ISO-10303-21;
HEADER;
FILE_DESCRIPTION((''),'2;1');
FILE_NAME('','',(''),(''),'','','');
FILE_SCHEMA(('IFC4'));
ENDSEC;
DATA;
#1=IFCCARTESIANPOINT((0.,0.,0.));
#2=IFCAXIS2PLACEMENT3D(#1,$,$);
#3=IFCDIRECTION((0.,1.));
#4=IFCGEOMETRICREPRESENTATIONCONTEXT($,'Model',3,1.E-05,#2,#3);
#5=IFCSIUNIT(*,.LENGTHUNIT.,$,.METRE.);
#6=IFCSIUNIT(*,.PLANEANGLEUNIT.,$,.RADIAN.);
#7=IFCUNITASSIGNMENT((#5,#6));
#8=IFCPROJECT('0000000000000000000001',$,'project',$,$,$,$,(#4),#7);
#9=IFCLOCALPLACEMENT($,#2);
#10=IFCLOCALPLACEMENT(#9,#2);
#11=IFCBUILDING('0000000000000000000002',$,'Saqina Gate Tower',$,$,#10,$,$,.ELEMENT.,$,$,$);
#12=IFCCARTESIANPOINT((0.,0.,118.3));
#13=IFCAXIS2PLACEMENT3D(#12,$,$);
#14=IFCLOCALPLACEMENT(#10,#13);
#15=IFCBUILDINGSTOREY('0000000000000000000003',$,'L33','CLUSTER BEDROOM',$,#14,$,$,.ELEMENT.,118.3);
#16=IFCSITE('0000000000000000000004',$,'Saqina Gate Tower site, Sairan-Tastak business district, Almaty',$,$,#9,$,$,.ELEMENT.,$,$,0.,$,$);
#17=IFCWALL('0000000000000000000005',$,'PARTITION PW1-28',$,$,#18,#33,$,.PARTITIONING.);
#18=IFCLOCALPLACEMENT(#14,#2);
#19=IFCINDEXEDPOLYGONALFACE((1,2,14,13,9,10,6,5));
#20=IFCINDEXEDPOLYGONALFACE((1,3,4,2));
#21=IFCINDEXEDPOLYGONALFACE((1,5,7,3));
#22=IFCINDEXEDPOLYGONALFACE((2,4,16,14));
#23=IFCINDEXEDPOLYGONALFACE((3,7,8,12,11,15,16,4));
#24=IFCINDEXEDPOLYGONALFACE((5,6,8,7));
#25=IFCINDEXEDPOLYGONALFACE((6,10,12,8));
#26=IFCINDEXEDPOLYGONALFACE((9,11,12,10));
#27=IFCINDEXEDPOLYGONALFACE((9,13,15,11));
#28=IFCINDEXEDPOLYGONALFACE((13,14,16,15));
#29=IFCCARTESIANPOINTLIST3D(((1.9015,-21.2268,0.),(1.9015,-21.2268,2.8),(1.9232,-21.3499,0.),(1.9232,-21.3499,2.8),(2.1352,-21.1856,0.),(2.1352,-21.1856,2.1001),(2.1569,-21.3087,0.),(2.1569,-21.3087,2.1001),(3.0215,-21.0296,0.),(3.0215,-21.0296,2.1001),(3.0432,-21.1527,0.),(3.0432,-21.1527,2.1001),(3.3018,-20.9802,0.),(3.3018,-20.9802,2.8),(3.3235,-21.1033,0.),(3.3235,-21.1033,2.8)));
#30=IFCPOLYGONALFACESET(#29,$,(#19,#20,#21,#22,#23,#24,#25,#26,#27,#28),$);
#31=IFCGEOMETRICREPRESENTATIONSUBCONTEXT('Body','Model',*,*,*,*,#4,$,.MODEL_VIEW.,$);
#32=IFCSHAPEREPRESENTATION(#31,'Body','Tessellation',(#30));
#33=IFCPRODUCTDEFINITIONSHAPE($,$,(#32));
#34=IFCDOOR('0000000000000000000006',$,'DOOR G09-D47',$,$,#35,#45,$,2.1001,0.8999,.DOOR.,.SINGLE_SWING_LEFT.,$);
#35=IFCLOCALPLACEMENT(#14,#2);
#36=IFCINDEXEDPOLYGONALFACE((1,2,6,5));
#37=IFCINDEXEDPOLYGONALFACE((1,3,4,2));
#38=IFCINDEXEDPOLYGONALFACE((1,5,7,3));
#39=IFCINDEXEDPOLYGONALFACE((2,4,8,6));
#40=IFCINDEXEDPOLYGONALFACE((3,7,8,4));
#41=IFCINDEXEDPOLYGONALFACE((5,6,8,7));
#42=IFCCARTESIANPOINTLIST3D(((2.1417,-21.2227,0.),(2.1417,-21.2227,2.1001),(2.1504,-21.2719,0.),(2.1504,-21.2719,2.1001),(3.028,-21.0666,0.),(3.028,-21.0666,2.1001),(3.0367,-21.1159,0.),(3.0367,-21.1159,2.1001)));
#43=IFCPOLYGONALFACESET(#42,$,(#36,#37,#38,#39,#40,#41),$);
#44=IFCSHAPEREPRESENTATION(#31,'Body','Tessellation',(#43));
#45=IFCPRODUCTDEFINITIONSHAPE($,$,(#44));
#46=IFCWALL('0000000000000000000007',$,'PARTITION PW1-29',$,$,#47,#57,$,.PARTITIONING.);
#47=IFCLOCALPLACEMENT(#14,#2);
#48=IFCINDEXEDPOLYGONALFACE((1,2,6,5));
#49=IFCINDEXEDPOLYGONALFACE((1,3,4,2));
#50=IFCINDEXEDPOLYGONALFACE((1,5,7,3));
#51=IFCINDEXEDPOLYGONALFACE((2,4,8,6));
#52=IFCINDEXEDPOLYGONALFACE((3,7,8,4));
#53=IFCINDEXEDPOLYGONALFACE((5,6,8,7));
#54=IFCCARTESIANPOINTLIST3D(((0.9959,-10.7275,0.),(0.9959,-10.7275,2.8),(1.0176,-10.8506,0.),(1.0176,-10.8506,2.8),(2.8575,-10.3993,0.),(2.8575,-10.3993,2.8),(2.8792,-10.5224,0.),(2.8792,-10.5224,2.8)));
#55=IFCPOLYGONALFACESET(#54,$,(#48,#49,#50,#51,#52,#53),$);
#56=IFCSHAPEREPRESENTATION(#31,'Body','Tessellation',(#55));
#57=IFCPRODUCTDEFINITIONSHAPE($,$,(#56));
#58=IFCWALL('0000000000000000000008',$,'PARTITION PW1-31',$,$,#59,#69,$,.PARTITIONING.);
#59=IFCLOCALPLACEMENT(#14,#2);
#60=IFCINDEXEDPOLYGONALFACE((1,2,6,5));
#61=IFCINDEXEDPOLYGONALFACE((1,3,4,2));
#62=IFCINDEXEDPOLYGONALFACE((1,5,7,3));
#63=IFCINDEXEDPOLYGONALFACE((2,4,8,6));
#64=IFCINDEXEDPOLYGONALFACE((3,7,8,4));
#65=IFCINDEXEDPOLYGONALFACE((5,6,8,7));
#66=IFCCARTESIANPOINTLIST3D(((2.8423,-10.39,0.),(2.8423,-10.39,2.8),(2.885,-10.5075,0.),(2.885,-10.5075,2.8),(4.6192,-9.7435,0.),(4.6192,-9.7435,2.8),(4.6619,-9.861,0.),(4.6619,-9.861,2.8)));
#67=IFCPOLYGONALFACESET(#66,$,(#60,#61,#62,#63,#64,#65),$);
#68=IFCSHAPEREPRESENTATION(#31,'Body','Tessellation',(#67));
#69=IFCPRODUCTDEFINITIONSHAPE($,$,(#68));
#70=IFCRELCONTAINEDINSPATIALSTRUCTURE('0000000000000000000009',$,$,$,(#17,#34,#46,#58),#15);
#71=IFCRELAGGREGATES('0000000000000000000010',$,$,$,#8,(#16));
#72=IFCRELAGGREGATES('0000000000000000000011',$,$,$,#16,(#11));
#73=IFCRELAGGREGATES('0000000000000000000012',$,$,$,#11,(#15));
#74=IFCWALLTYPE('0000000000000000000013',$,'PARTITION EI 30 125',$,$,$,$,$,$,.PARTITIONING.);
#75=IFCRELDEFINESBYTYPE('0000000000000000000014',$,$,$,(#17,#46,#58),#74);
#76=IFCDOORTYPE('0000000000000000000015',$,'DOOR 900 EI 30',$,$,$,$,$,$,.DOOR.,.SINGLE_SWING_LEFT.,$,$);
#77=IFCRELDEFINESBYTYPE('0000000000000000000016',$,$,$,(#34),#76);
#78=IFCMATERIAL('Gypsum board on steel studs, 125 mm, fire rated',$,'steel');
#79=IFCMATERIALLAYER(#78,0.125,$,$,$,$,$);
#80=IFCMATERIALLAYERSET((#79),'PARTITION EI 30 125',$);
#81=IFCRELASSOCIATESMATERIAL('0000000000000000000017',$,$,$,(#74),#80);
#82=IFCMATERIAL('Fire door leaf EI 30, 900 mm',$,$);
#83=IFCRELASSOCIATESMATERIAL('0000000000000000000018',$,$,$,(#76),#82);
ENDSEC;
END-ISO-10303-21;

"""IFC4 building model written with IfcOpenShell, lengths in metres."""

from ifc_helpers import new_model, si_unit, direction, frame, frame_2d, origin, place, context, subcontext, project, spatial, rectangle, extrude, material, layer, layer_set, type_object, element, fill, save


model = new_model("IFC4")

# Units and contexts
model_context = context("Model", 3, precision=1e-05, world=origin(), true_north=direction((0.0, 1.0)))
body_context = subcontext(model_context, "Body", "Model", "MODEL_VIEW")
ifc_project = project(units=[si_unit("LENGTHUNIT", "METRE"), si_unit("PLANEANGLEUNIT", "RADIAN")], contexts=[model_context])

# Site, building, storey
site_placement = place(None, origin())
site = spatial("IfcSite", under=ifc_project, at=site_placement, Name="Saqina Gate Tower site, Sairan-Tastak business district, Almaty", CompositionType="ELEMENT", RefElevation=0.0)
building_placement = place(site_placement, origin())
building = spatial("IfcBuilding", under=site, at=building_placement, Name="Saqina Gate Tower", CompositionType="ELEMENT")
storey_placement = place(building_placement, frame((0.0, 0.0, 118.3)))
storey = spatial("IfcBuildingStorey", under=building, at=storey_placement, Name="L33", Description="CLUSTER BEDROOM", CompositionType="ELEMENT", Elevation=118.3)

# Wall, opening, door
ifc_material_1 = material(Name="Gypsum board on steel studs, 125 mm, fire rated", Category="steel")
ifc_layer_1 = layer(ifc_material_1, 0.125)
ifc_layer_set_1 = layer_set([ifc_layer_1], Name="PARTITION EI 30 125")
wall_type_1 = type_object("IfcWallType", Name="PARTITION EI 30 125", PredefinedType="PARTITIONING", material=ifc_layer_set_1)
wall_1_placement = place(storey_placement, frame((1.9124, -21.2883, 0.0), z_axis=(0.0, 0.0, 1.0), x_axis=(0.984849, 0.173413, 0.0)))
wall_1 = element("IfcWall", 1, at=wall_1_placement, inside=storey, type_object=wall_type_1, Name="PARTITION PW1-28", PredefinedType="PARTITIONING", context=body_context, shape_type="SweptSolid", body=[
    extrude(rectangle(XDim=1.4219, YDim=0.125, at=frame_2d((0.7109, 0.0))), origin(), (0.0, 0.0, 1.0), 2.8),
])
opening_1_placement = place(wall_1_placement, frame((0.2373, 0.0, 0.0)))
opening_1 = element("IfcOpeningElement", 2, at=opening_1_placement, cuts=wall_1, PredefinedType="OPENING", context=body_context, shape_type="SweptSolid", body=[
    extrude(rectangle(XDim=0.8999, YDim=2.1001, at=frame_2d((0.45, 1.05))), frame((0.0, 0.0745, 0.0), z_axis=(0.0, -1.0, 0.0), x_axis=(1.0, 0.0, 0.0)), (0.0, 0.0, 1.0), 0.1489),
])
ifc_material_2 = material(Name="Fire door leaf EI 30, 900 mm")
door_type_1 = type_object("IfcDoorType", Name="DOOR 900 EI 30", OperationType="SINGLE_SWING_LEFT", PredefinedType="DOOR", material=ifc_material_2)
door_1_placement = place(opening_1_placement, origin())
door_1 = element("IfcDoor", 3, at=door_1_placement, inside=storey, type_object=door_type_1, Name="DOOR G09-D47", OperationType="SINGLE_SWING_LEFT", OverallHeight=2.1001, OverallWidth=0.8999, PredefinedType="DOOR", context=body_context, shape_type="SweptSolid", body=[
    extrude(rectangle(XDim=0.8999, YDim=2.1001, at=frame_2d((0.45, 1.05))), frame((0.0, 0.0249, 0.0), z_axis=(0.0, -1.0, 0.0), x_axis=(1.0, 0.0, 0.0)), (0.0, 0.0, 1.0), 0.05),
])
fill(opening_1, door_1)

# Walls
wall_2_placement = place(storey_placement, frame((1.0066, -10.7891, 0.0), z_axis=(0.0, 0.0, 1.0), x_axis=(0.984819, 0.173586, 0.0)))
element("IfcWall", 4, at=wall_2_placement, inside=storey, type_object=wall_type_1, Name="PARTITION PW1-29", PredefinedType="PARTITIONING", context=body_context, shape_type="SweptSolid", body=[
    extrude(rectangle(XDim=1.8904, YDim=0.125, at=frame_2d((0.9453, 0.0))), origin(), (0.0, 0.0, 1.0), 2.8),
])
wall_3_placement = place(storey_placement, frame((2.8638, -10.4487, 0.0), z_axis=(0.0, 0.0, 1.0), x_axis=(0.939733, 0.341909, 0.0)))
element("IfcWall", 5, at=wall_3_placement, inside=storey, type_object=wall_type_1, Name="PARTITION PW1-31", PredefinedType="PARTITIONING", context=body_context, shape_type="SweptSolid", body=[
    extrude(rectangle(XDim=1.8909, YDim=0.125, at=frame_2d((0.9453, 0.0))), origin(), (0.0, 0.0, 1.0), 2.8),
])

save(model, "model.ifc")
